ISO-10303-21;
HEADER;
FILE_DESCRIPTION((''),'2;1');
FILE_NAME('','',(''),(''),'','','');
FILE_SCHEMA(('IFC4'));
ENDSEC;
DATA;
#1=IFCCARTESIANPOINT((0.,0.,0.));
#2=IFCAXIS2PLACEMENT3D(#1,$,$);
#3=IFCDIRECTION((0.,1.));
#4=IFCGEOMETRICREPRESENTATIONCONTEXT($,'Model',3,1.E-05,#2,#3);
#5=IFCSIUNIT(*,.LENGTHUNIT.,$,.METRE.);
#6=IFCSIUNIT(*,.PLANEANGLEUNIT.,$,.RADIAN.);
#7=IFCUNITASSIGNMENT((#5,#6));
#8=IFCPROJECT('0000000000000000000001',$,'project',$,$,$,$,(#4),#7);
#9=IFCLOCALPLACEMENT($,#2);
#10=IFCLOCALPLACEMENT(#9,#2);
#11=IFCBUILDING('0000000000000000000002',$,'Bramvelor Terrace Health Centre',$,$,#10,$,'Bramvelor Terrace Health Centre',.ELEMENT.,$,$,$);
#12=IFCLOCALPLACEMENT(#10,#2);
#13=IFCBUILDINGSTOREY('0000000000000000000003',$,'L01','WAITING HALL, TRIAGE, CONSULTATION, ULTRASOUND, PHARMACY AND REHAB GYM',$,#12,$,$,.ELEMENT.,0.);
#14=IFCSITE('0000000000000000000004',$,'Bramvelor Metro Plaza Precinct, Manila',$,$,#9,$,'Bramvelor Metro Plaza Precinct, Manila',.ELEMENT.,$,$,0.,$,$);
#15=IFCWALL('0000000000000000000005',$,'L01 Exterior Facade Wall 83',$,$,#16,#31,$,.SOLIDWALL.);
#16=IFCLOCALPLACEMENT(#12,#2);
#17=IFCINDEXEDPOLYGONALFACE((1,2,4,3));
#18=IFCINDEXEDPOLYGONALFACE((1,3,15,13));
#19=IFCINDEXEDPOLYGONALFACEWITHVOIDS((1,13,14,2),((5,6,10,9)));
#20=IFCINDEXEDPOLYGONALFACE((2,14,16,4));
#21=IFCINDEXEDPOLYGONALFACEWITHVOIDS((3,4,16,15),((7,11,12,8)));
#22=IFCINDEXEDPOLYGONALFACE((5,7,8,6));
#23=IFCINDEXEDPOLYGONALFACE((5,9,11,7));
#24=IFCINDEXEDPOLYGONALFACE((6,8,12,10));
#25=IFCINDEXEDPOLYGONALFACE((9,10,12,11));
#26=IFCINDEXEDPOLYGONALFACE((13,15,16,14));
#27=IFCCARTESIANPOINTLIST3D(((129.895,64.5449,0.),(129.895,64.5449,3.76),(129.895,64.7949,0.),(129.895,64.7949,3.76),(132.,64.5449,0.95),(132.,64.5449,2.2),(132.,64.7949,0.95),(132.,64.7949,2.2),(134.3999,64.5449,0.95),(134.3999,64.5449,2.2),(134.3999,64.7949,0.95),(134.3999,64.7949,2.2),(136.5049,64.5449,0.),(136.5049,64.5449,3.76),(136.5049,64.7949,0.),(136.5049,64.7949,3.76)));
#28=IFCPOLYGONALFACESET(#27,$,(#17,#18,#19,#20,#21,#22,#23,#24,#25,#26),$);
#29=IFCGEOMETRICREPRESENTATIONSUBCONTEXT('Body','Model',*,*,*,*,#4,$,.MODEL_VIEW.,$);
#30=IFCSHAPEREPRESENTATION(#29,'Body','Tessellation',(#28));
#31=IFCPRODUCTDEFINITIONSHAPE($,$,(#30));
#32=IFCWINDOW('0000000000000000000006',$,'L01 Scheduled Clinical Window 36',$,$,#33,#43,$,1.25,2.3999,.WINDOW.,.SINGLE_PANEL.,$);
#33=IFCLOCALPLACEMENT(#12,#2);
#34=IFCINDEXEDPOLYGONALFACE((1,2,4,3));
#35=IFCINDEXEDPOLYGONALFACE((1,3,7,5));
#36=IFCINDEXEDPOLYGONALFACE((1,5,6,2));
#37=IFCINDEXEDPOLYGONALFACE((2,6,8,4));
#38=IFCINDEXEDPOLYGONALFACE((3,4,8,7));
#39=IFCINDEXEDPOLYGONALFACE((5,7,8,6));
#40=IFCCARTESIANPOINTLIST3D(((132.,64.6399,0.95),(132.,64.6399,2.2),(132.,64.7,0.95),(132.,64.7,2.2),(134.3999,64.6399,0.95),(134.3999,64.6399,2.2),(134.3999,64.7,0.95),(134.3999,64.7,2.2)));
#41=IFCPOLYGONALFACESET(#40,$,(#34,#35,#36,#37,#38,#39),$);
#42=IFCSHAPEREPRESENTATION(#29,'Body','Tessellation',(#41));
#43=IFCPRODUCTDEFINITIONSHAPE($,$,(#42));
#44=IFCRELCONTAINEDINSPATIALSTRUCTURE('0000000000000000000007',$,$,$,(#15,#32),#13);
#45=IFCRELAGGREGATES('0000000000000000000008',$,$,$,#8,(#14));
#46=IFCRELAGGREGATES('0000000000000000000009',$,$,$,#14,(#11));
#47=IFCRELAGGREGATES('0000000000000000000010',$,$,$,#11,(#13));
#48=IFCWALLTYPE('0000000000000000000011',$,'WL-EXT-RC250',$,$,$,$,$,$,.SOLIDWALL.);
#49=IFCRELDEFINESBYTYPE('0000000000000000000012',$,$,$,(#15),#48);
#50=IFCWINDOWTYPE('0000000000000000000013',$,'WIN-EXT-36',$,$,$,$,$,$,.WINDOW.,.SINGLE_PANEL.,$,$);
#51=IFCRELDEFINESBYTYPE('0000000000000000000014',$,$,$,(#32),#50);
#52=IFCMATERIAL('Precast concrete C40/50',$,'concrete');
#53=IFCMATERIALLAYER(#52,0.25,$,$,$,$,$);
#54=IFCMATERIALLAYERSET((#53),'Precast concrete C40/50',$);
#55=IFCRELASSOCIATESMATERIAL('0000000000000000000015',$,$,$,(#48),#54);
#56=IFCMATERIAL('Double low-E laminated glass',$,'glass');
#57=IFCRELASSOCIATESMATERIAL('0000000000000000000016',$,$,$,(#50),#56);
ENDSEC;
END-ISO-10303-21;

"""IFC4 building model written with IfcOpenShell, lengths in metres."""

from ifc_helpers import new_model, si_unit, direction, frame, frame_2d, origin, place, context, subcontext, project, spatial, rectangle, extrude, material, layer, layer_set, type_object, element, fill, save


model = new_model("IFC4")

# Units and contexts
model_context = context("Model", 3, precision=1e-05, world=origin(), true_north=direction((0.0, 1.0)))
body_context = subcontext(model_context, "Body", "Model", "MODEL_VIEW")
ifc_project = project(units=[si_unit("LENGTHUNIT", "METRE"), si_unit("PLANEANGLEUNIT", "RADIAN")], contexts=[model_context])

# Site, building, storey
site_placement = place(None, origin())
site = spatial("IfcSite", under=ifc_project, at=site_placement, Name="Bramvelor Metro Plaza Precinct, Manila", LongName="Bramvelor Metro Plaza Precinct, Manila", CompositionType="ELEMENT", RefElevation=0.0)
building_placement = place(site_placement, origin())
building = spatial("IfcBuilding", under=site, at=building_placement, Name="Bramvelor Terrace Health Centre", LongName="Bramvelor Terrace Health Centre", CompositionType="ELEMENT")
storey_placement = place(building_placement, origin())
storey = spatial("IfcBuildingStorey", under=building, at=storey_placement, Name="L01", Description="WAITING HALL, TRIAGE, CONSULTATION, ULTRASOUND, PHARMACY AND REHAB GYM", CompositionType="ELEMENT", Elevation=0.0)

# Wall, opening, window
ifc_material_1 = material(Name="Precast concrete C40/50", Category="concrete")
ifc_layer_1 = layer(ifc_material_1, 0.25)
ifc_layer_set_1 = layer_set([ifc_layer_1], Name="Precast concrete C40/50")
wall_type = type_object("IfcWallType", Name="WL-EXT-RC250", PredefinedType="SOLIDWALL", material=ifc_layer_set_1)
wall_placement = place(storey_placement, frame((129.895, 64.6699, 0.0), z_axis=(0.0, 0.0, 1.0), x_axis=(1.0, 0.0, 0.0)))
wall = element("IfcWall", 1, at=wall_placement, inside=storey, type_object=wall_type, Name="L01 Exterior Facade Wall 83", PredefinedType="SOLIDWALL", context=body_context, shape_type="SweptSolid", body=[
    extrude(rectangle(XDim=6.6099, YDim=0.25, at=frame_2d((3.3049, 0.0))), origin(), (0.0, 0.0, 1.0), 3.76),
])
opening_placement = place(wall_placement, frame((2.105, 0.0, 0.95)))
opening = element("IfcOpeningElement", 2, at=opening_placement, cuts=wall, PredefinedType="OPENING", context=body_context, shape_type="SweptSolid", body=[
    extrude(rectangle(XDim=2.3999, YDim=1.25, at=frame_2d((1.2, 0.625))), frame((0.0, 0.135, 0.0), z_axis=(0.0, -1.0, 0.0), x_axis=(1.0, 0.0, 0.0)), (0.0, 0.0, 1.0), 0.27),
])
ifc_material_2 = material(Name="Double low-E laminated glass", Category="glass")
window_type = type_object("IfcWindowType", Name="WIN-EXT-36", PartitioningType="SINGLE_PANEL", PredefinedType="WINDOW", material=ifc_material_2)
window_placement = place(opening_placement, origin())
window = element("IfcWindow", 3, at=window_placement, inside=storey, type_object=window_type, Name="L01 Scheduled Clinical Window 36", OverallHeight=1.25, OverallWidth=2.3999, PartitioningType="SINGLE_PANEL", PredefinedType="WINDOW", context=body_context, shape_type="SweptSolid", body=[
    extrude(rectangle(XDim=2.3999, YDim=1.25, at=frame_2d((1.2, 0.625))), frame((0.0, 0.03, 0.0), z_axis=(0.0, -1.0, 0.0), x_axis=(1.0, 0.0, 0.0)), (0.0, 0.0, 1.0), 0.0601),
])
fill(opening, window)

save(model, "model.ifc")
